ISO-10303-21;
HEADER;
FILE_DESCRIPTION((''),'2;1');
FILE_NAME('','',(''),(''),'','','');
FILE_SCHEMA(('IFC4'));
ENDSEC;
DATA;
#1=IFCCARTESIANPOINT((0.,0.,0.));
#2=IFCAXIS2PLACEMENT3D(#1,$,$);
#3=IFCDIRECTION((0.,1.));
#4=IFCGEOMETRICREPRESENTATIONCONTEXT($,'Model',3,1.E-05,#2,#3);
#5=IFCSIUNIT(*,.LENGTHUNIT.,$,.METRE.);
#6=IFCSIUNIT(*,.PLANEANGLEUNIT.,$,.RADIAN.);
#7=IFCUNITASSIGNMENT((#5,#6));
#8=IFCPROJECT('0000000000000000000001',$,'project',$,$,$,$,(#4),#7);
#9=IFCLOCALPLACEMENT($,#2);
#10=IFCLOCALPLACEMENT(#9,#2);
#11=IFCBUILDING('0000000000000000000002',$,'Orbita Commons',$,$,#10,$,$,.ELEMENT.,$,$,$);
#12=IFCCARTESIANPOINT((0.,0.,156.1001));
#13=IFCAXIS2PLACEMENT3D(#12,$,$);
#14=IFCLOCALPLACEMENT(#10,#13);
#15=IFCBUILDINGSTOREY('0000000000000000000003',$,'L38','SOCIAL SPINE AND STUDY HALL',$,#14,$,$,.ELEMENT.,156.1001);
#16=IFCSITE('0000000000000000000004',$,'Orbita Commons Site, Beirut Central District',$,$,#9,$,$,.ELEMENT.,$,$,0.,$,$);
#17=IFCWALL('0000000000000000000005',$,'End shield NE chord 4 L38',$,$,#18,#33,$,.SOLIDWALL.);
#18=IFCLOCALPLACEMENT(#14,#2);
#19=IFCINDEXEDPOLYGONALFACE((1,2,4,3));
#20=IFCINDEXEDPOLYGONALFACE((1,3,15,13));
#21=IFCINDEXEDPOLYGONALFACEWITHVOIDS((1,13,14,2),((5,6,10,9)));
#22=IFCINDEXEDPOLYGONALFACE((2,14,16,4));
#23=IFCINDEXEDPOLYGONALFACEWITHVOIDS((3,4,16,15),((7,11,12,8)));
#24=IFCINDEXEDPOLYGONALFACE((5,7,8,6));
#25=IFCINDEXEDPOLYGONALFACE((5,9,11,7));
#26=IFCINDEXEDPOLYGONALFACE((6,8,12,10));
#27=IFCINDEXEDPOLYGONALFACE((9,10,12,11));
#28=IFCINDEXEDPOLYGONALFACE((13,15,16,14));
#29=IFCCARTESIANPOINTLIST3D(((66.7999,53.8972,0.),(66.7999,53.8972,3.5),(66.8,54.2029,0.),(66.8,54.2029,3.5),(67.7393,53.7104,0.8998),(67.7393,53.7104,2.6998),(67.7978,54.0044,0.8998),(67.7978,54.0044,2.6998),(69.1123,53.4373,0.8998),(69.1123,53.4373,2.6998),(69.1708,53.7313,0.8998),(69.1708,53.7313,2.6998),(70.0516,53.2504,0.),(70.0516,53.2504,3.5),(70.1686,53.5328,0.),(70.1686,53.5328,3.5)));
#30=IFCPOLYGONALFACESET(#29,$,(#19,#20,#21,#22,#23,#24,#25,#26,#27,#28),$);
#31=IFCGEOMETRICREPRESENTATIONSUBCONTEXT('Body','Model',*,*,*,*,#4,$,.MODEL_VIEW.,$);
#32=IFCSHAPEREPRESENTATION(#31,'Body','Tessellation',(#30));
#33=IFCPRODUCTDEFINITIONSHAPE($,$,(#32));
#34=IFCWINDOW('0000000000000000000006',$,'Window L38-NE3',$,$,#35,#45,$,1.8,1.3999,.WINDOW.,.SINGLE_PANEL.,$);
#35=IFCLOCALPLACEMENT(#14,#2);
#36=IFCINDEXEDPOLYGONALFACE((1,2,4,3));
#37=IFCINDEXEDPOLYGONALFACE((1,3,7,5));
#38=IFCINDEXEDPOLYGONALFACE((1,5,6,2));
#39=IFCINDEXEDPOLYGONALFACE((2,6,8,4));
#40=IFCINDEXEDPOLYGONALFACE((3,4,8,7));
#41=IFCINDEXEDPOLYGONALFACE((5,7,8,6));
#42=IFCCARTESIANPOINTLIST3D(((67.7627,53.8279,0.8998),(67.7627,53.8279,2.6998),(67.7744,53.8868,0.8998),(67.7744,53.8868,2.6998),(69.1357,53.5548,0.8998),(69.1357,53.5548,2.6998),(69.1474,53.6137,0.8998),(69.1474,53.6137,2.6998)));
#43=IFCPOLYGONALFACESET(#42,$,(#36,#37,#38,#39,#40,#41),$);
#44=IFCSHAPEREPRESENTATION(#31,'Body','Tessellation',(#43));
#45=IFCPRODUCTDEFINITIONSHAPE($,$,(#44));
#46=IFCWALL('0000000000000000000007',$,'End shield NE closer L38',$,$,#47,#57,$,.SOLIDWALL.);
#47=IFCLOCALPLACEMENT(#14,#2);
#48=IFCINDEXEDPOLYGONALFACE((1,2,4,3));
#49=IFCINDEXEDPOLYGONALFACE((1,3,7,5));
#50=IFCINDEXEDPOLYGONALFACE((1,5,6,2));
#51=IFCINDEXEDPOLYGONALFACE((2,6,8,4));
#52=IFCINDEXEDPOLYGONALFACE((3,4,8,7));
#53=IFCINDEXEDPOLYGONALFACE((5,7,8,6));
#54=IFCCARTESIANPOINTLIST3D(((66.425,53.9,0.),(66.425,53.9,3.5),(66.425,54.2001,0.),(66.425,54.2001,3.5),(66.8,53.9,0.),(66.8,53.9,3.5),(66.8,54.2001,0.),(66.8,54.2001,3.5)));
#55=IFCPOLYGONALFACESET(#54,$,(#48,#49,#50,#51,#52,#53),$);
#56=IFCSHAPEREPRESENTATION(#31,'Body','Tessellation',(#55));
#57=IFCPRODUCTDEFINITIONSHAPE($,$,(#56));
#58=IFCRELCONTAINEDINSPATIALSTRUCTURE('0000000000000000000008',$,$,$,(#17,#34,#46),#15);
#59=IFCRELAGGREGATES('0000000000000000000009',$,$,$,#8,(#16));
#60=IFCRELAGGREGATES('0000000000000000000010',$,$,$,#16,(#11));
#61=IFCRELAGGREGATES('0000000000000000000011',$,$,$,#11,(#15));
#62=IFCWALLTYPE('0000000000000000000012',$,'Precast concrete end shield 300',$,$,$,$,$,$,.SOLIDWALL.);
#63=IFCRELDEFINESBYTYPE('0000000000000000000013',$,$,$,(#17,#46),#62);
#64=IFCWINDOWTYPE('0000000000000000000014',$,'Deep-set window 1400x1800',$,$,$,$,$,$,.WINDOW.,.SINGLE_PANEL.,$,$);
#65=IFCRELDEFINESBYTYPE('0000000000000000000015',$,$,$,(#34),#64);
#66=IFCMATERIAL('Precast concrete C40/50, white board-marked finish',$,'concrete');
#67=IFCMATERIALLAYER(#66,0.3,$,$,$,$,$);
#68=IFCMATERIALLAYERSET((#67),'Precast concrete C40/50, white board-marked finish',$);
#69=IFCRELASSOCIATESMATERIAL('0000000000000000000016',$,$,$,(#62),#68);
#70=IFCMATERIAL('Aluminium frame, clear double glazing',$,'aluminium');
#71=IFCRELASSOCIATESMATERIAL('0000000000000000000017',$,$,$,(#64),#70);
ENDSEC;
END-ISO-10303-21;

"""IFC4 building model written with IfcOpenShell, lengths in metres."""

from ifc_helpers import new_model, si_unit, direction, frame, frame_2d, origin, place, context, subcontext, project, spatial, polyline, rectangle, outline, extrude, material, layer, layer_set, type_object, element, fill, save


model = new_model("IFC4")

# Units and contexts
model_context = context("Model", 3, precision=1e-05, world=origin(), true_north=direction((0.0, 1.0)))
body_context = subcontext(model_context, "Body", "Model", "MODEL_VIEW")
ifc_project = project(units=[si_unit("LENGTHUNIT", "METRE"), si_unit("PLANEANGLEUNIT", "RADIAN")], contexts=[model_context])

# Site, building, storey
site_placement = place(None, origin())
site = spatial("IfcSite", under=ifc_project, at=site_placement, Name="Orbita Commons Site, Beirut Central District", CompositionType="ELEMENT", RefElevation=0.0)
building_placement = place(site_placement, origin())
building = spatial("IfcBuilding", under=site, at=building_placement, Name="Orbita Commons", CompositionType="ELEMENT")
storey_placement = place(building_placement, frame((0.0, 0.0, 156.1001)))
storey = spatial("IfcBuildingStorey", under=building, at=storey_placement, Name="L38", Description="SOCIAL SPINE AND STUDY HALL", CompositionType="ELEMENT", Elevation=156.1001)

# Wall, opening, window
ifc_material_1 = material(Name="Precast concrete C40/50, white board-marked finish", Category="concrete")
ifc_layer_1 = layer(ifc_material_1, 0.3)
ifc_layer_set_1 = layer_set([ifc_layer_1], Name="Precast concrete C40/50, white board-marked finish")
wall_type_1 = type_object("IfcWallType", Name="Precast concrete end shield 300", PredefinedType="SOLIDWALL", material=ifc_layer_set_1)
ifc_material_2 = material(Name="Aluminium frame, clear double glazing", Category="aluminium")
window_type = type_object("IfcWindowType", Name="Deep-set window 1400x1800", PartitioningType="SINGLE_PANEL", PredefinedType="WINDOW", material=ifc_material_2)
wall_1_placement = place(storey_placement, frame((70.1101, 53.3916, 0.0), z_axis=(0.0, 0.0, 1.0), x_axis=(-0.980783, 0.1951, 0.0)))
wall_1 = element("IfcWall", 1, at=wall_1_placement, inside=storey, type_object=wall_type_1, Name="End shield NE chord 4 L38", PredefinedType="SOLIDWALL", context=body_context, shape_type="SweptSolid", body=[
    extrude(outline(polyline([(-0.0298, -0.1499), (3.4048, -0.1499), (3.3452, 0.1499), (0.0298, 0.1499), (-0.0298, -0.1499)])), origin(), (0.0, 0.0, 1.0), 3.5),
])
opening_1_placement = place(wall_1_placement, frame((0.9875, 0.0, 0.8999)))
opening_1 = element("IfcOpeningElement", 2, at=opening_1_placement, cuts=wall_1, PredefinedType="OPENING", context=body_context, shape_type="SweptSolid", body=[
    extrude(rectangle(XDim=1.3999, YDim=1.8, at=frame_2d((0.7, 0.8999))), frame((0.0, 0.1599, 0.0), z_axis=(0.0, -1.0, 0.0), x_axis=(1.0, 0.0, 0.0)), (0.0, 0.0, 1.0), 0.3201),
])
window_1_placement = place(opening_1_placement, origin())
window_1 = element("IfcWindow", 3, at=window_1_placement, inside=storey, type_object=window_type, Name="Window L38-NE3", OverallHeight=1.8, OverallWidth=1.3999, PartitioningType="SINGLE_PANEL", PredefinedType="WINDOW", context=body_context, shape_type="SweptSolid", body=[
    extrude(rectangle(XDim=1.3999, YDim=1.8, at=frame_2d((0.7, 0.8999))), frame((0.0, 0.03, 0.0), z_axis=(0.0, -1.0, 0.0), x_axis=(1.0, 0.0, 0.0)), (0.0, 0.0, 1.0), 0.0601),
])
fill(opening_1, window_1)

# Wall
wall_2_placement = place(storey_placement, frame((66.8, 54.05, 0.0), z_axis=(0.0, 0.0, 1.0), x_axis=(-1.0, 0.0, 0.0)))
element("IfcWall", 4, at=wall_2_placement, inside=storey, type_object=wall_type_1, Name="End shield NE closer L38", PredefinedType="SOLIDWALL", context=body_context, shape_type="SweptSolid", body=[
    extrude(rectangle(XDim=0.375, YDim=0.3, at=frame_2d((0.1875, 0.0))), origin(), (0.0, 0.0, 1.0), 3.5),
])

save(model, "model.ifc")
